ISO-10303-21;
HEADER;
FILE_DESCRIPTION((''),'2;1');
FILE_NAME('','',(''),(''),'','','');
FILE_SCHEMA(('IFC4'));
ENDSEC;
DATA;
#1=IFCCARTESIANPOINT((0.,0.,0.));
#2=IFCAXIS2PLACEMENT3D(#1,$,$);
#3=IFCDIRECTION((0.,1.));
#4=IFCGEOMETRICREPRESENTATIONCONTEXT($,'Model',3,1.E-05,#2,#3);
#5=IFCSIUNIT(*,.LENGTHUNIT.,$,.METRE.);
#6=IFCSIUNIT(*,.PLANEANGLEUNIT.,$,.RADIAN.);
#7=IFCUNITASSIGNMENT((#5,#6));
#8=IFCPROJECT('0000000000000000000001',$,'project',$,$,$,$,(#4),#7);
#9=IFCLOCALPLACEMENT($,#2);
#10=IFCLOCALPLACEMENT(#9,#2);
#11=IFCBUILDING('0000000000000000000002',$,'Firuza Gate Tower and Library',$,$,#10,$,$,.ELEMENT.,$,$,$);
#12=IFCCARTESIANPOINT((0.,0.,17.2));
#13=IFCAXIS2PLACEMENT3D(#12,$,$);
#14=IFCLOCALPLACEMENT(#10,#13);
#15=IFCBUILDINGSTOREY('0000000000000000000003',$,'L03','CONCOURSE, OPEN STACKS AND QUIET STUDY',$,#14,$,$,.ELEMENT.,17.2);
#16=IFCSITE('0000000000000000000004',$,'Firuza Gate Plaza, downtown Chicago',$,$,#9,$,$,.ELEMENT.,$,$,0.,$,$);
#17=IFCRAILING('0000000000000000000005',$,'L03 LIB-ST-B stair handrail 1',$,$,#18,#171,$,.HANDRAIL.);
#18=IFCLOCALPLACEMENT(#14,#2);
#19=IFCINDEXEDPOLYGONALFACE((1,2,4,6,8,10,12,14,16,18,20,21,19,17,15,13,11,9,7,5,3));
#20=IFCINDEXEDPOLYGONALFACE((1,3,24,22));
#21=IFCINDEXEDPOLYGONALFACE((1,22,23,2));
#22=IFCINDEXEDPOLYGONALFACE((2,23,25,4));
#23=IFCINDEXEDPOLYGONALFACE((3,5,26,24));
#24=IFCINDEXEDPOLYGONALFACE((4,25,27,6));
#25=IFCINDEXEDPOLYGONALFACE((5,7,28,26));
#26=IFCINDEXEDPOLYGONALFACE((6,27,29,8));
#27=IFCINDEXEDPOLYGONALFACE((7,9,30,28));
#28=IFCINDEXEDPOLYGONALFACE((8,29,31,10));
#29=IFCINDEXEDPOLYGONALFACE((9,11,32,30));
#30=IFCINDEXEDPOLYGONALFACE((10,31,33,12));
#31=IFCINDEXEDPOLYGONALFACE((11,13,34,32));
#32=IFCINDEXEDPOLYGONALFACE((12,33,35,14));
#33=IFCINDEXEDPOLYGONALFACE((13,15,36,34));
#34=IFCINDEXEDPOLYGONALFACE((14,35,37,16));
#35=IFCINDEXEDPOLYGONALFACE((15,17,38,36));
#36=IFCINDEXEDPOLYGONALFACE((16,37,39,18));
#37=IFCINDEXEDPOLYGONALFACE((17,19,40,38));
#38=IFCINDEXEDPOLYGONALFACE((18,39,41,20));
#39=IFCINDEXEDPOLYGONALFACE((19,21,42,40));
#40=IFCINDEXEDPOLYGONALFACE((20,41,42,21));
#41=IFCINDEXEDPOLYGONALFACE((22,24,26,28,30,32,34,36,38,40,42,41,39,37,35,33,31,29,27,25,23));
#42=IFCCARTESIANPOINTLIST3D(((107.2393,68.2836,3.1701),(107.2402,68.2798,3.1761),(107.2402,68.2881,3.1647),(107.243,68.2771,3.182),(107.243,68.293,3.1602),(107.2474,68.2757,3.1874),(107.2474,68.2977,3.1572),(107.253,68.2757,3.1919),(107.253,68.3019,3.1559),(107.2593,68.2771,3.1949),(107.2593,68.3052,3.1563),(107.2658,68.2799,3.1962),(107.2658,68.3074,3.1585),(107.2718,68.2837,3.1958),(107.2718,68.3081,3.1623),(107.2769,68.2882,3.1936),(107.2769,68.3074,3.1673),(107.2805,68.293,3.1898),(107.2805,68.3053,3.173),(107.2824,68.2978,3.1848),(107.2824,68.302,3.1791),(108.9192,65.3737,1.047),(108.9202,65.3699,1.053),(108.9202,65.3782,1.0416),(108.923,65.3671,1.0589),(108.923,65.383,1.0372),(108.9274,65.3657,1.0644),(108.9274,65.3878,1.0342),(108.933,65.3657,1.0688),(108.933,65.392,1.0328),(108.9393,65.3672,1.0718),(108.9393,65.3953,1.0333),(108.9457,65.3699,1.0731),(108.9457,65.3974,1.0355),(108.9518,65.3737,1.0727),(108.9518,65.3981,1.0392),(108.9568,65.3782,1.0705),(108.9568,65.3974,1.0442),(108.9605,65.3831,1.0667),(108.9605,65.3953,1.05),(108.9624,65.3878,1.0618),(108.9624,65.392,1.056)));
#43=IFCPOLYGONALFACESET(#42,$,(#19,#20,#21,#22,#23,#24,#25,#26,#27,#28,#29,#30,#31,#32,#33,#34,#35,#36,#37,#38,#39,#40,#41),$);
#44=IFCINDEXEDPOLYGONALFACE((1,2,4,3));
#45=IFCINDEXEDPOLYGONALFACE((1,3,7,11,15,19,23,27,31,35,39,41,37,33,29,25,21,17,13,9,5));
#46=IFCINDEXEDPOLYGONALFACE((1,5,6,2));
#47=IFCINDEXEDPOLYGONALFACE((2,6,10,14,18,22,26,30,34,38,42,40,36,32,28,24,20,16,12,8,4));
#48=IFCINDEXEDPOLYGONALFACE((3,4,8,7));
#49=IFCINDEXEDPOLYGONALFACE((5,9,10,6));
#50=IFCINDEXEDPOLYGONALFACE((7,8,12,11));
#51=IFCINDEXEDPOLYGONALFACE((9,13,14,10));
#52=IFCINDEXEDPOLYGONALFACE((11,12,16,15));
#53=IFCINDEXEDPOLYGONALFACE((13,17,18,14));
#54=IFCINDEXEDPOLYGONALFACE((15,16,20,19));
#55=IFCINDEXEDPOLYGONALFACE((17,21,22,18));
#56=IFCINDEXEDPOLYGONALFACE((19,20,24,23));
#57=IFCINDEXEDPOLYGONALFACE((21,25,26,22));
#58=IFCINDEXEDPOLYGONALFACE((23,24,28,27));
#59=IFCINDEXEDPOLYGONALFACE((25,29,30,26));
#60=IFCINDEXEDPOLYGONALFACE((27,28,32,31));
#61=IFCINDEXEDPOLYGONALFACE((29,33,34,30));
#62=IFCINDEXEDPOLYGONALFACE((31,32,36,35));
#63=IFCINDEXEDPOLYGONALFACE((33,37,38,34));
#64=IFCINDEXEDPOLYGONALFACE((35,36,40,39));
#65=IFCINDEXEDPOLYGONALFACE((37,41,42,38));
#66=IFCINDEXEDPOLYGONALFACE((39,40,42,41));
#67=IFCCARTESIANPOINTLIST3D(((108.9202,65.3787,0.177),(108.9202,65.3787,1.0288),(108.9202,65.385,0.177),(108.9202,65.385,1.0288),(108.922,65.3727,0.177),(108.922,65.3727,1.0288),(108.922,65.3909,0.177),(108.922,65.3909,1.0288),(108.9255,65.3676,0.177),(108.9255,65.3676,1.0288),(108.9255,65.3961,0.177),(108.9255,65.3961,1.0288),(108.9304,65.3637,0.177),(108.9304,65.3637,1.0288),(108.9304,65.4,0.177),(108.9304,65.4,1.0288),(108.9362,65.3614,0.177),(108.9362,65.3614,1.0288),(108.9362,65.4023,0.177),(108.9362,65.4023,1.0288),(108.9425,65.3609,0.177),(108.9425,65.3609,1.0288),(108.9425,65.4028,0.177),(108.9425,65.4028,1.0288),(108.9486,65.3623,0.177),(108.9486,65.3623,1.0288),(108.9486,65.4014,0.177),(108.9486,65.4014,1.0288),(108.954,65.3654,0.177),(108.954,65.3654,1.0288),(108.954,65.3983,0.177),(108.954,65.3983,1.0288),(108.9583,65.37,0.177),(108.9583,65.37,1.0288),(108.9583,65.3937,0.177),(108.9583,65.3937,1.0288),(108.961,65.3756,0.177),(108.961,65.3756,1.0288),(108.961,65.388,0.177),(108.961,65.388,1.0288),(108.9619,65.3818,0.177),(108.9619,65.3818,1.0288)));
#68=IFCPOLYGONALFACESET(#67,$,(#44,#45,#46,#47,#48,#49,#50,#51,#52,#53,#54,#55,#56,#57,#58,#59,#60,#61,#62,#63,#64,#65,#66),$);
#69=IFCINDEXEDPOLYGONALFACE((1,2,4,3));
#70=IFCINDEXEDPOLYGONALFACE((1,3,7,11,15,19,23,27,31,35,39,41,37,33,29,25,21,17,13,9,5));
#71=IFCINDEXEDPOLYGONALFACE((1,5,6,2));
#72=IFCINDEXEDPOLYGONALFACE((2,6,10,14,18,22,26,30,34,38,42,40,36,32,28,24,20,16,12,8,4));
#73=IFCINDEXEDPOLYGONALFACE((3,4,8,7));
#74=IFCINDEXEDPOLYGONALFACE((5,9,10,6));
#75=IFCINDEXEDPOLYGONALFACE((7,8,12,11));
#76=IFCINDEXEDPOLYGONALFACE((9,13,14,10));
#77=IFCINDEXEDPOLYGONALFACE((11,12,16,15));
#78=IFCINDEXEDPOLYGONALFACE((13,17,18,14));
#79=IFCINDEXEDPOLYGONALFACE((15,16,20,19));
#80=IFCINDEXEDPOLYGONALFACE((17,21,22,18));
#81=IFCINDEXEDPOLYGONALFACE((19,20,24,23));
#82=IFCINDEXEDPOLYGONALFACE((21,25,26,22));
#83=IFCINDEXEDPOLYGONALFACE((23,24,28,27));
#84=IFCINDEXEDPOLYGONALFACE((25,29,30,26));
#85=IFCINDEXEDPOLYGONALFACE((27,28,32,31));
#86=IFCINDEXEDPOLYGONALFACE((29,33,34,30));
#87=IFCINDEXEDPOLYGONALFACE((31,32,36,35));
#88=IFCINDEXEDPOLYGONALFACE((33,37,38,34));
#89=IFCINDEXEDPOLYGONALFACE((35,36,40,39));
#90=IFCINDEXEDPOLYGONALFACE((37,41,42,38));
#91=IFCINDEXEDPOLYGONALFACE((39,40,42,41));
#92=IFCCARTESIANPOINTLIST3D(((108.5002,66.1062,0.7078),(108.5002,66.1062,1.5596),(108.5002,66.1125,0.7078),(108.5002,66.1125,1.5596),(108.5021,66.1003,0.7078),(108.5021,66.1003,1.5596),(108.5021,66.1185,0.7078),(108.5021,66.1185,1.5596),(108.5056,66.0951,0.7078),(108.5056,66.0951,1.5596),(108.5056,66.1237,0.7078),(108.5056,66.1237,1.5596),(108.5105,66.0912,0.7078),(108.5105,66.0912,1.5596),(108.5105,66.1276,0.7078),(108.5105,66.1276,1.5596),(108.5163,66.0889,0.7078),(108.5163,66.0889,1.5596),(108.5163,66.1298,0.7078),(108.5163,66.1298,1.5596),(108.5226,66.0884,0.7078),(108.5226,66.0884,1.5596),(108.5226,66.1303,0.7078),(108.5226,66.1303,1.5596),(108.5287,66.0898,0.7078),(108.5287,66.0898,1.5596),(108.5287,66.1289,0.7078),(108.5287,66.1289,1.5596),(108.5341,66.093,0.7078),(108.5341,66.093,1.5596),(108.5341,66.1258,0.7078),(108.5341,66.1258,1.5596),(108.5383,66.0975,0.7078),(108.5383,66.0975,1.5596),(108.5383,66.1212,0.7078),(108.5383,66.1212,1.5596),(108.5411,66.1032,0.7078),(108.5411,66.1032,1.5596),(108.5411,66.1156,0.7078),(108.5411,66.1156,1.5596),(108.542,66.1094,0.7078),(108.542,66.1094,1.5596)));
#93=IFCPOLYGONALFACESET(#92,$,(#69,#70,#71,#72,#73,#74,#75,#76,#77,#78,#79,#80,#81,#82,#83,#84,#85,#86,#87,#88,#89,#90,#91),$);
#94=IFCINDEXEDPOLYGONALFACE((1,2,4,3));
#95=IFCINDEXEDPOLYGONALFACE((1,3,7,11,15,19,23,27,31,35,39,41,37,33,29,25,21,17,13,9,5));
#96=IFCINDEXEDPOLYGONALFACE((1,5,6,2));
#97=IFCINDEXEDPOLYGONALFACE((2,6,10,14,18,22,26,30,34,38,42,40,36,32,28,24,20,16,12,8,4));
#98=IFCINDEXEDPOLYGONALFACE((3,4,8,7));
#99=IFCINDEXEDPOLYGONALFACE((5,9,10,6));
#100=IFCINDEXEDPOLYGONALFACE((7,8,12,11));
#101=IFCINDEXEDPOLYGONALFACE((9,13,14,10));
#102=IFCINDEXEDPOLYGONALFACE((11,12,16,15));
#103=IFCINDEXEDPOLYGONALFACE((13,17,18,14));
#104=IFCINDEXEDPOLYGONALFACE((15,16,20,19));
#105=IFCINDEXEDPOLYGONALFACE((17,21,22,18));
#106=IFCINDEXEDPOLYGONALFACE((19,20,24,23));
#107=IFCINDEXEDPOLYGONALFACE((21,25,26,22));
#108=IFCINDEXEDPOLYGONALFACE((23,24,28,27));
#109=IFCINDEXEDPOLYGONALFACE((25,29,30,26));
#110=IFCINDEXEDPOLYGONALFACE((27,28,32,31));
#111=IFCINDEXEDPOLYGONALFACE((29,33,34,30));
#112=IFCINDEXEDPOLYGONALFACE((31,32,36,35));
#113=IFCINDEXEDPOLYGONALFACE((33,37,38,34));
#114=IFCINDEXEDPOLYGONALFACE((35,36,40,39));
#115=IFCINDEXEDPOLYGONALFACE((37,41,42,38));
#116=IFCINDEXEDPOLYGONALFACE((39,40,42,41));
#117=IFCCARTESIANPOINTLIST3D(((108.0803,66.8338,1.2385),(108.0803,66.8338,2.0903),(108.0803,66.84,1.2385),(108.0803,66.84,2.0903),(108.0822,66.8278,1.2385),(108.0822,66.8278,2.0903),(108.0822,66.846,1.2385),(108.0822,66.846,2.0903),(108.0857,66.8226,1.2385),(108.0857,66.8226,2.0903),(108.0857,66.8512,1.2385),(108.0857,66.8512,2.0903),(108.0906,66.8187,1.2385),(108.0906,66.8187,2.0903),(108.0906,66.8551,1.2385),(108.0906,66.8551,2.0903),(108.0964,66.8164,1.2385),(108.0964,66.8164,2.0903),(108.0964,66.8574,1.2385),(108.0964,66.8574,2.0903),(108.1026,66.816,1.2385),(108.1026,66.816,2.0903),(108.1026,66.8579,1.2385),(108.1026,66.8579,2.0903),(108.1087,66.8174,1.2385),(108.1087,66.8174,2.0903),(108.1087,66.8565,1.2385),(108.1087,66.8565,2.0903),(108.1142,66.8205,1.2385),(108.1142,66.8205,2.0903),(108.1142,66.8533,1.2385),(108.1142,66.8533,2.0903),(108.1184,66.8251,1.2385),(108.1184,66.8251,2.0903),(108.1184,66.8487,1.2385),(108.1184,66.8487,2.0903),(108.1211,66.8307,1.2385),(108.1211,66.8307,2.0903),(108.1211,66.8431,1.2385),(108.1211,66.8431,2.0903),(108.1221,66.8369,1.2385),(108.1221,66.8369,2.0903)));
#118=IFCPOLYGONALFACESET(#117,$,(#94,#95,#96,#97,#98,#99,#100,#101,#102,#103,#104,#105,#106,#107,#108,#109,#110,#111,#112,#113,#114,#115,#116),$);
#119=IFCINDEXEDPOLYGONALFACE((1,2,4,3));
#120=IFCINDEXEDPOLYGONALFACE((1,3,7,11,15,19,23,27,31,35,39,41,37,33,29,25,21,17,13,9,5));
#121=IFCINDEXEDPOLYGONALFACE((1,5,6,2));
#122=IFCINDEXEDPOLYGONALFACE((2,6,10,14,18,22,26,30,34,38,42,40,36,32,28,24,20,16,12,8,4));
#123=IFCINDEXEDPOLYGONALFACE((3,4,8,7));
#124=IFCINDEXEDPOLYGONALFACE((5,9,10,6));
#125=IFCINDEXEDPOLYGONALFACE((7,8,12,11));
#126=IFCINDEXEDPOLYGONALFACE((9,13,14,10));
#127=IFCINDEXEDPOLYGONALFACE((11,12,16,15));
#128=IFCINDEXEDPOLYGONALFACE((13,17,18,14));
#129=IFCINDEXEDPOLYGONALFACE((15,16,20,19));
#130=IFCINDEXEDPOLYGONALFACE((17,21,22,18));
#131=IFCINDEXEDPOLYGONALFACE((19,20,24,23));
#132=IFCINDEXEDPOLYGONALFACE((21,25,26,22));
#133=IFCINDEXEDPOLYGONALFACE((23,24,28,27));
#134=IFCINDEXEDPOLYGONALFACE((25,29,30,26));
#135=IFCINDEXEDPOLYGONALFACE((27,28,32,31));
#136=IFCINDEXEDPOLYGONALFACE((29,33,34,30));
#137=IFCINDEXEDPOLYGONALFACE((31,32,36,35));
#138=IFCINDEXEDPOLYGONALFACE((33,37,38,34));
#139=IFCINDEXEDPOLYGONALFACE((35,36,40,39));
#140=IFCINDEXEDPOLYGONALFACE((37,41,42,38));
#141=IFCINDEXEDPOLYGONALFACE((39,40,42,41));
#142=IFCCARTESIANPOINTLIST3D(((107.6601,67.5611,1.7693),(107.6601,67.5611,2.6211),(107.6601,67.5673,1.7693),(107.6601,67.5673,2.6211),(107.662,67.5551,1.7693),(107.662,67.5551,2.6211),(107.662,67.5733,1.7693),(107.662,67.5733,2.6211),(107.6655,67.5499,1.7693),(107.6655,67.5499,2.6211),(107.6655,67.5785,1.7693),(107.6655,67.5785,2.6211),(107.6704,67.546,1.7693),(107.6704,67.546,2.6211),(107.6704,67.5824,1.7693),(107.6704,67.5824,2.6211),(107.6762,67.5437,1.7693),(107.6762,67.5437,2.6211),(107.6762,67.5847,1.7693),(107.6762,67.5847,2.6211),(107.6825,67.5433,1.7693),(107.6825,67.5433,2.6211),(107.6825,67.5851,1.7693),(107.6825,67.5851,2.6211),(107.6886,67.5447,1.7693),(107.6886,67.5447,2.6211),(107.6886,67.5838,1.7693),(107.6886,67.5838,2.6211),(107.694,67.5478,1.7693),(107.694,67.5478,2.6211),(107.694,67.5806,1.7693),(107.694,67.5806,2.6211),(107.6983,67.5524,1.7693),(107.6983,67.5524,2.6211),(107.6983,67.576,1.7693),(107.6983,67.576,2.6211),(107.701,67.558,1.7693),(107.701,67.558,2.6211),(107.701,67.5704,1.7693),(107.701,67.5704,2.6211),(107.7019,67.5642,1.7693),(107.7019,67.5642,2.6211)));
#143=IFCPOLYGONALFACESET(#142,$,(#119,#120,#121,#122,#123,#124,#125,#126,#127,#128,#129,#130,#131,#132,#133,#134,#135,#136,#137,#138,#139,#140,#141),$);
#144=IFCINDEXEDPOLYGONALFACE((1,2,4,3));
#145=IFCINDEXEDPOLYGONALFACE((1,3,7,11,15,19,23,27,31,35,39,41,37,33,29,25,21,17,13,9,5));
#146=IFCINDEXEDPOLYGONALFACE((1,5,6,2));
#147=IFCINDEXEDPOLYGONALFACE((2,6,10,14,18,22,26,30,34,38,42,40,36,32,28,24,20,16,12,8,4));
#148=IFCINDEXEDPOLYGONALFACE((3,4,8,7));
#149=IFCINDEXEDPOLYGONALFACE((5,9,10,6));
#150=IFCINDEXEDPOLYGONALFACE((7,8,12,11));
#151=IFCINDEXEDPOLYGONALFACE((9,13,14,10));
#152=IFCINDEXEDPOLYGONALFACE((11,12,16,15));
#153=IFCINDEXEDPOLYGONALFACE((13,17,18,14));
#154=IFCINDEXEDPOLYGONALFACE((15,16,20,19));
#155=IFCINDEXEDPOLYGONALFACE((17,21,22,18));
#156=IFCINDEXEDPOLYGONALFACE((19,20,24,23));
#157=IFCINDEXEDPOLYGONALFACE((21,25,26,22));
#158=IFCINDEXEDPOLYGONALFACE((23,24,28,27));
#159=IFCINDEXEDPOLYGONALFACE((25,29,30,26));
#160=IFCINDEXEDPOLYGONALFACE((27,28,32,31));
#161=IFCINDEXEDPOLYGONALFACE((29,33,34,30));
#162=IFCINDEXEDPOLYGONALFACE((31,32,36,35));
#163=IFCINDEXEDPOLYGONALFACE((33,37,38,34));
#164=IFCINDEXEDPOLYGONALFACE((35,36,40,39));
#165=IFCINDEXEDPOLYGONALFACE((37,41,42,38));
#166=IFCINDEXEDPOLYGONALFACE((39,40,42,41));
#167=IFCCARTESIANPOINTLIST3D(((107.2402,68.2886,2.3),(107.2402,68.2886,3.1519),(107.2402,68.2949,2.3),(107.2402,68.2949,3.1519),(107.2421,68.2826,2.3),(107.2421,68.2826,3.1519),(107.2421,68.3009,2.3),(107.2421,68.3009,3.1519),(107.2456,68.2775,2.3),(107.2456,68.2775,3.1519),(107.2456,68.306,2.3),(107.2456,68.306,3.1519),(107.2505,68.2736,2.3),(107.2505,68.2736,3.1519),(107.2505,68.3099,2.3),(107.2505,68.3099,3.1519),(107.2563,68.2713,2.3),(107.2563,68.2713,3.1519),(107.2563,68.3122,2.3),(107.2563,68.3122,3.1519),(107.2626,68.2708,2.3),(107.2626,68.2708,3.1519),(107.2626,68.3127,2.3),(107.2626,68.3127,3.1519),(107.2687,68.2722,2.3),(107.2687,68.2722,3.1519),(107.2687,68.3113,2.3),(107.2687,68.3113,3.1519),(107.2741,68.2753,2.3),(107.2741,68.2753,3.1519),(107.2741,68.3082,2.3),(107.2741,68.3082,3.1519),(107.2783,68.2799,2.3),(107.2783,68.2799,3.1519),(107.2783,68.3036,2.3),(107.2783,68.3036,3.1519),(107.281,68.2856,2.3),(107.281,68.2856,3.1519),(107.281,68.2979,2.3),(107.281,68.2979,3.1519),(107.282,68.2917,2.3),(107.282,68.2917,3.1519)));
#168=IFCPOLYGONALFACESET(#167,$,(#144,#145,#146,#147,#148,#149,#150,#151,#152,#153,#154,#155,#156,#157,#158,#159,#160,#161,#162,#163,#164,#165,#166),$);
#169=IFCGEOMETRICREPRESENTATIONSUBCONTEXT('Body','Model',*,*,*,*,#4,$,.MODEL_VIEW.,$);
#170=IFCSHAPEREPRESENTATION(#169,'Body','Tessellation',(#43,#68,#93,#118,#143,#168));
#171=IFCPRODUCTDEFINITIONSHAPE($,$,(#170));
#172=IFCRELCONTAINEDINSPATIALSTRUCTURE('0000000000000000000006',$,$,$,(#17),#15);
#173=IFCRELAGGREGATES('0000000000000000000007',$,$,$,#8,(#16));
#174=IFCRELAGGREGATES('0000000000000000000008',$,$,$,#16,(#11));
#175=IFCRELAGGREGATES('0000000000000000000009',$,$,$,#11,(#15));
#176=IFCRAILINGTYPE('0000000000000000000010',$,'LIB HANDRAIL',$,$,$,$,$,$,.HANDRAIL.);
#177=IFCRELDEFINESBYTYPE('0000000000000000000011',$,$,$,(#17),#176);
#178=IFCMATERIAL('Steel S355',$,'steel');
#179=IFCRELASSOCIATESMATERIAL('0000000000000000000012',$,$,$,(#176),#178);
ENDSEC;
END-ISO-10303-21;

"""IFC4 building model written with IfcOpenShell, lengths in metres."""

from ifc_helpers import new_model, si_unit, direction, frame, origin, origin_2d, place, context, subcontext, project, spatial, circle, extrude, material, type_object, element, save


model = new_model("IFC4")

# Units and contexts
model_context = context("Model", 3, precision=1e-05, world=origin(), true_north=direction((0.0, 1.0)))
body_context = subcontext(model_context, "Body", "Model", "MODEL_VIEW")
ifc_project = project(units=[si_unit("LENGTHUNIT", "METRE"), si_unit("PLANEANGLEUNIT", "RADIAN")], contexts=[model_context])

# Site, building, storey
site_placement = place(None, origin())
site = spatial("IfcSite", under=ifc_project, at=site_placement, Name="Firuza Gate Plaza, downtown Chicago", CompositionType="ELEMENT", RefElevation=0.0)
building_placement = place(site_placement, origin())
building = spatial("IfcBuilding", under=site, at=building_placement, Name="Firuza Gate Tower and Library", CompositionType="ELEMENT")
storey_placement = place(building_placement, frame((0.0, 0.0, 17.2)))
storey = spatial("IfcBuildingStorey", under=building, at=storey_placement, Name="L03", Description="CONCOURSE, OPEN STACKS AND QUIET STUDY", CompositionType="ELEMENT", Elevation=17.2)

# Railing
ifc_material_1 = material(Name="Steel S355", Category="steel")
railing_type_1 = type_object("IfcRailingType", Name="LIB HANDRAIL", PredefinedType="HANDRAIL", material=ifc_material_1)
railing_1_placement = place(storey_placement, frame((108.9409, 65.3818, 0.177)))
element("IfcRailing", 1, at=railing_1_placement, inside=storey, type_object=railing_type_1, Name="L03 LIB-ST-B stair handrail 1", PredefinedType="HANDRAIL", context=body_context, shape_type="SweptSolid", body=[
    extrude(circle(Radius=0.0239, at=origin_2d()), frame((0.0, 0.0, 0.876), z_axis=(-0.422672, 0.732135, 0.53416), x_axis=(-0.866039, -0.499976, 0.0)), (0.0, 0.0, 1.0), 3.9746),
    extrude(circle(Radius=0.021, at=origin_2d()), origin(), (0.0, 0.0, 1.0), 0.8518),
    extrude(circle(Radius=0.021, at=origin_2d()), frame((-0.4199, 0.7275, 0.5308)), (0.0, 0.0, 1.0), 0.8518),
    extrude(circle(Radius=0.021, at=origin_2d()), frame((-0.8398, 1.4551, 1.0615)), (0.0, 0.0, 1.0), 0.8518),
    extrude(circle(Radius=0.021, at=origin_2d()), frame((-1.26, 2.1824, 1.5923)), (0.0, 0.0, 1.0), 0.8518),
    extrude(circle(Radius=0.021, at=origin_2d()), frame((-1.6799, 2.9099, 2.123)), (0.0, 0.0, 1.0), 0.8518),
])

save(model, "model.ifc")
